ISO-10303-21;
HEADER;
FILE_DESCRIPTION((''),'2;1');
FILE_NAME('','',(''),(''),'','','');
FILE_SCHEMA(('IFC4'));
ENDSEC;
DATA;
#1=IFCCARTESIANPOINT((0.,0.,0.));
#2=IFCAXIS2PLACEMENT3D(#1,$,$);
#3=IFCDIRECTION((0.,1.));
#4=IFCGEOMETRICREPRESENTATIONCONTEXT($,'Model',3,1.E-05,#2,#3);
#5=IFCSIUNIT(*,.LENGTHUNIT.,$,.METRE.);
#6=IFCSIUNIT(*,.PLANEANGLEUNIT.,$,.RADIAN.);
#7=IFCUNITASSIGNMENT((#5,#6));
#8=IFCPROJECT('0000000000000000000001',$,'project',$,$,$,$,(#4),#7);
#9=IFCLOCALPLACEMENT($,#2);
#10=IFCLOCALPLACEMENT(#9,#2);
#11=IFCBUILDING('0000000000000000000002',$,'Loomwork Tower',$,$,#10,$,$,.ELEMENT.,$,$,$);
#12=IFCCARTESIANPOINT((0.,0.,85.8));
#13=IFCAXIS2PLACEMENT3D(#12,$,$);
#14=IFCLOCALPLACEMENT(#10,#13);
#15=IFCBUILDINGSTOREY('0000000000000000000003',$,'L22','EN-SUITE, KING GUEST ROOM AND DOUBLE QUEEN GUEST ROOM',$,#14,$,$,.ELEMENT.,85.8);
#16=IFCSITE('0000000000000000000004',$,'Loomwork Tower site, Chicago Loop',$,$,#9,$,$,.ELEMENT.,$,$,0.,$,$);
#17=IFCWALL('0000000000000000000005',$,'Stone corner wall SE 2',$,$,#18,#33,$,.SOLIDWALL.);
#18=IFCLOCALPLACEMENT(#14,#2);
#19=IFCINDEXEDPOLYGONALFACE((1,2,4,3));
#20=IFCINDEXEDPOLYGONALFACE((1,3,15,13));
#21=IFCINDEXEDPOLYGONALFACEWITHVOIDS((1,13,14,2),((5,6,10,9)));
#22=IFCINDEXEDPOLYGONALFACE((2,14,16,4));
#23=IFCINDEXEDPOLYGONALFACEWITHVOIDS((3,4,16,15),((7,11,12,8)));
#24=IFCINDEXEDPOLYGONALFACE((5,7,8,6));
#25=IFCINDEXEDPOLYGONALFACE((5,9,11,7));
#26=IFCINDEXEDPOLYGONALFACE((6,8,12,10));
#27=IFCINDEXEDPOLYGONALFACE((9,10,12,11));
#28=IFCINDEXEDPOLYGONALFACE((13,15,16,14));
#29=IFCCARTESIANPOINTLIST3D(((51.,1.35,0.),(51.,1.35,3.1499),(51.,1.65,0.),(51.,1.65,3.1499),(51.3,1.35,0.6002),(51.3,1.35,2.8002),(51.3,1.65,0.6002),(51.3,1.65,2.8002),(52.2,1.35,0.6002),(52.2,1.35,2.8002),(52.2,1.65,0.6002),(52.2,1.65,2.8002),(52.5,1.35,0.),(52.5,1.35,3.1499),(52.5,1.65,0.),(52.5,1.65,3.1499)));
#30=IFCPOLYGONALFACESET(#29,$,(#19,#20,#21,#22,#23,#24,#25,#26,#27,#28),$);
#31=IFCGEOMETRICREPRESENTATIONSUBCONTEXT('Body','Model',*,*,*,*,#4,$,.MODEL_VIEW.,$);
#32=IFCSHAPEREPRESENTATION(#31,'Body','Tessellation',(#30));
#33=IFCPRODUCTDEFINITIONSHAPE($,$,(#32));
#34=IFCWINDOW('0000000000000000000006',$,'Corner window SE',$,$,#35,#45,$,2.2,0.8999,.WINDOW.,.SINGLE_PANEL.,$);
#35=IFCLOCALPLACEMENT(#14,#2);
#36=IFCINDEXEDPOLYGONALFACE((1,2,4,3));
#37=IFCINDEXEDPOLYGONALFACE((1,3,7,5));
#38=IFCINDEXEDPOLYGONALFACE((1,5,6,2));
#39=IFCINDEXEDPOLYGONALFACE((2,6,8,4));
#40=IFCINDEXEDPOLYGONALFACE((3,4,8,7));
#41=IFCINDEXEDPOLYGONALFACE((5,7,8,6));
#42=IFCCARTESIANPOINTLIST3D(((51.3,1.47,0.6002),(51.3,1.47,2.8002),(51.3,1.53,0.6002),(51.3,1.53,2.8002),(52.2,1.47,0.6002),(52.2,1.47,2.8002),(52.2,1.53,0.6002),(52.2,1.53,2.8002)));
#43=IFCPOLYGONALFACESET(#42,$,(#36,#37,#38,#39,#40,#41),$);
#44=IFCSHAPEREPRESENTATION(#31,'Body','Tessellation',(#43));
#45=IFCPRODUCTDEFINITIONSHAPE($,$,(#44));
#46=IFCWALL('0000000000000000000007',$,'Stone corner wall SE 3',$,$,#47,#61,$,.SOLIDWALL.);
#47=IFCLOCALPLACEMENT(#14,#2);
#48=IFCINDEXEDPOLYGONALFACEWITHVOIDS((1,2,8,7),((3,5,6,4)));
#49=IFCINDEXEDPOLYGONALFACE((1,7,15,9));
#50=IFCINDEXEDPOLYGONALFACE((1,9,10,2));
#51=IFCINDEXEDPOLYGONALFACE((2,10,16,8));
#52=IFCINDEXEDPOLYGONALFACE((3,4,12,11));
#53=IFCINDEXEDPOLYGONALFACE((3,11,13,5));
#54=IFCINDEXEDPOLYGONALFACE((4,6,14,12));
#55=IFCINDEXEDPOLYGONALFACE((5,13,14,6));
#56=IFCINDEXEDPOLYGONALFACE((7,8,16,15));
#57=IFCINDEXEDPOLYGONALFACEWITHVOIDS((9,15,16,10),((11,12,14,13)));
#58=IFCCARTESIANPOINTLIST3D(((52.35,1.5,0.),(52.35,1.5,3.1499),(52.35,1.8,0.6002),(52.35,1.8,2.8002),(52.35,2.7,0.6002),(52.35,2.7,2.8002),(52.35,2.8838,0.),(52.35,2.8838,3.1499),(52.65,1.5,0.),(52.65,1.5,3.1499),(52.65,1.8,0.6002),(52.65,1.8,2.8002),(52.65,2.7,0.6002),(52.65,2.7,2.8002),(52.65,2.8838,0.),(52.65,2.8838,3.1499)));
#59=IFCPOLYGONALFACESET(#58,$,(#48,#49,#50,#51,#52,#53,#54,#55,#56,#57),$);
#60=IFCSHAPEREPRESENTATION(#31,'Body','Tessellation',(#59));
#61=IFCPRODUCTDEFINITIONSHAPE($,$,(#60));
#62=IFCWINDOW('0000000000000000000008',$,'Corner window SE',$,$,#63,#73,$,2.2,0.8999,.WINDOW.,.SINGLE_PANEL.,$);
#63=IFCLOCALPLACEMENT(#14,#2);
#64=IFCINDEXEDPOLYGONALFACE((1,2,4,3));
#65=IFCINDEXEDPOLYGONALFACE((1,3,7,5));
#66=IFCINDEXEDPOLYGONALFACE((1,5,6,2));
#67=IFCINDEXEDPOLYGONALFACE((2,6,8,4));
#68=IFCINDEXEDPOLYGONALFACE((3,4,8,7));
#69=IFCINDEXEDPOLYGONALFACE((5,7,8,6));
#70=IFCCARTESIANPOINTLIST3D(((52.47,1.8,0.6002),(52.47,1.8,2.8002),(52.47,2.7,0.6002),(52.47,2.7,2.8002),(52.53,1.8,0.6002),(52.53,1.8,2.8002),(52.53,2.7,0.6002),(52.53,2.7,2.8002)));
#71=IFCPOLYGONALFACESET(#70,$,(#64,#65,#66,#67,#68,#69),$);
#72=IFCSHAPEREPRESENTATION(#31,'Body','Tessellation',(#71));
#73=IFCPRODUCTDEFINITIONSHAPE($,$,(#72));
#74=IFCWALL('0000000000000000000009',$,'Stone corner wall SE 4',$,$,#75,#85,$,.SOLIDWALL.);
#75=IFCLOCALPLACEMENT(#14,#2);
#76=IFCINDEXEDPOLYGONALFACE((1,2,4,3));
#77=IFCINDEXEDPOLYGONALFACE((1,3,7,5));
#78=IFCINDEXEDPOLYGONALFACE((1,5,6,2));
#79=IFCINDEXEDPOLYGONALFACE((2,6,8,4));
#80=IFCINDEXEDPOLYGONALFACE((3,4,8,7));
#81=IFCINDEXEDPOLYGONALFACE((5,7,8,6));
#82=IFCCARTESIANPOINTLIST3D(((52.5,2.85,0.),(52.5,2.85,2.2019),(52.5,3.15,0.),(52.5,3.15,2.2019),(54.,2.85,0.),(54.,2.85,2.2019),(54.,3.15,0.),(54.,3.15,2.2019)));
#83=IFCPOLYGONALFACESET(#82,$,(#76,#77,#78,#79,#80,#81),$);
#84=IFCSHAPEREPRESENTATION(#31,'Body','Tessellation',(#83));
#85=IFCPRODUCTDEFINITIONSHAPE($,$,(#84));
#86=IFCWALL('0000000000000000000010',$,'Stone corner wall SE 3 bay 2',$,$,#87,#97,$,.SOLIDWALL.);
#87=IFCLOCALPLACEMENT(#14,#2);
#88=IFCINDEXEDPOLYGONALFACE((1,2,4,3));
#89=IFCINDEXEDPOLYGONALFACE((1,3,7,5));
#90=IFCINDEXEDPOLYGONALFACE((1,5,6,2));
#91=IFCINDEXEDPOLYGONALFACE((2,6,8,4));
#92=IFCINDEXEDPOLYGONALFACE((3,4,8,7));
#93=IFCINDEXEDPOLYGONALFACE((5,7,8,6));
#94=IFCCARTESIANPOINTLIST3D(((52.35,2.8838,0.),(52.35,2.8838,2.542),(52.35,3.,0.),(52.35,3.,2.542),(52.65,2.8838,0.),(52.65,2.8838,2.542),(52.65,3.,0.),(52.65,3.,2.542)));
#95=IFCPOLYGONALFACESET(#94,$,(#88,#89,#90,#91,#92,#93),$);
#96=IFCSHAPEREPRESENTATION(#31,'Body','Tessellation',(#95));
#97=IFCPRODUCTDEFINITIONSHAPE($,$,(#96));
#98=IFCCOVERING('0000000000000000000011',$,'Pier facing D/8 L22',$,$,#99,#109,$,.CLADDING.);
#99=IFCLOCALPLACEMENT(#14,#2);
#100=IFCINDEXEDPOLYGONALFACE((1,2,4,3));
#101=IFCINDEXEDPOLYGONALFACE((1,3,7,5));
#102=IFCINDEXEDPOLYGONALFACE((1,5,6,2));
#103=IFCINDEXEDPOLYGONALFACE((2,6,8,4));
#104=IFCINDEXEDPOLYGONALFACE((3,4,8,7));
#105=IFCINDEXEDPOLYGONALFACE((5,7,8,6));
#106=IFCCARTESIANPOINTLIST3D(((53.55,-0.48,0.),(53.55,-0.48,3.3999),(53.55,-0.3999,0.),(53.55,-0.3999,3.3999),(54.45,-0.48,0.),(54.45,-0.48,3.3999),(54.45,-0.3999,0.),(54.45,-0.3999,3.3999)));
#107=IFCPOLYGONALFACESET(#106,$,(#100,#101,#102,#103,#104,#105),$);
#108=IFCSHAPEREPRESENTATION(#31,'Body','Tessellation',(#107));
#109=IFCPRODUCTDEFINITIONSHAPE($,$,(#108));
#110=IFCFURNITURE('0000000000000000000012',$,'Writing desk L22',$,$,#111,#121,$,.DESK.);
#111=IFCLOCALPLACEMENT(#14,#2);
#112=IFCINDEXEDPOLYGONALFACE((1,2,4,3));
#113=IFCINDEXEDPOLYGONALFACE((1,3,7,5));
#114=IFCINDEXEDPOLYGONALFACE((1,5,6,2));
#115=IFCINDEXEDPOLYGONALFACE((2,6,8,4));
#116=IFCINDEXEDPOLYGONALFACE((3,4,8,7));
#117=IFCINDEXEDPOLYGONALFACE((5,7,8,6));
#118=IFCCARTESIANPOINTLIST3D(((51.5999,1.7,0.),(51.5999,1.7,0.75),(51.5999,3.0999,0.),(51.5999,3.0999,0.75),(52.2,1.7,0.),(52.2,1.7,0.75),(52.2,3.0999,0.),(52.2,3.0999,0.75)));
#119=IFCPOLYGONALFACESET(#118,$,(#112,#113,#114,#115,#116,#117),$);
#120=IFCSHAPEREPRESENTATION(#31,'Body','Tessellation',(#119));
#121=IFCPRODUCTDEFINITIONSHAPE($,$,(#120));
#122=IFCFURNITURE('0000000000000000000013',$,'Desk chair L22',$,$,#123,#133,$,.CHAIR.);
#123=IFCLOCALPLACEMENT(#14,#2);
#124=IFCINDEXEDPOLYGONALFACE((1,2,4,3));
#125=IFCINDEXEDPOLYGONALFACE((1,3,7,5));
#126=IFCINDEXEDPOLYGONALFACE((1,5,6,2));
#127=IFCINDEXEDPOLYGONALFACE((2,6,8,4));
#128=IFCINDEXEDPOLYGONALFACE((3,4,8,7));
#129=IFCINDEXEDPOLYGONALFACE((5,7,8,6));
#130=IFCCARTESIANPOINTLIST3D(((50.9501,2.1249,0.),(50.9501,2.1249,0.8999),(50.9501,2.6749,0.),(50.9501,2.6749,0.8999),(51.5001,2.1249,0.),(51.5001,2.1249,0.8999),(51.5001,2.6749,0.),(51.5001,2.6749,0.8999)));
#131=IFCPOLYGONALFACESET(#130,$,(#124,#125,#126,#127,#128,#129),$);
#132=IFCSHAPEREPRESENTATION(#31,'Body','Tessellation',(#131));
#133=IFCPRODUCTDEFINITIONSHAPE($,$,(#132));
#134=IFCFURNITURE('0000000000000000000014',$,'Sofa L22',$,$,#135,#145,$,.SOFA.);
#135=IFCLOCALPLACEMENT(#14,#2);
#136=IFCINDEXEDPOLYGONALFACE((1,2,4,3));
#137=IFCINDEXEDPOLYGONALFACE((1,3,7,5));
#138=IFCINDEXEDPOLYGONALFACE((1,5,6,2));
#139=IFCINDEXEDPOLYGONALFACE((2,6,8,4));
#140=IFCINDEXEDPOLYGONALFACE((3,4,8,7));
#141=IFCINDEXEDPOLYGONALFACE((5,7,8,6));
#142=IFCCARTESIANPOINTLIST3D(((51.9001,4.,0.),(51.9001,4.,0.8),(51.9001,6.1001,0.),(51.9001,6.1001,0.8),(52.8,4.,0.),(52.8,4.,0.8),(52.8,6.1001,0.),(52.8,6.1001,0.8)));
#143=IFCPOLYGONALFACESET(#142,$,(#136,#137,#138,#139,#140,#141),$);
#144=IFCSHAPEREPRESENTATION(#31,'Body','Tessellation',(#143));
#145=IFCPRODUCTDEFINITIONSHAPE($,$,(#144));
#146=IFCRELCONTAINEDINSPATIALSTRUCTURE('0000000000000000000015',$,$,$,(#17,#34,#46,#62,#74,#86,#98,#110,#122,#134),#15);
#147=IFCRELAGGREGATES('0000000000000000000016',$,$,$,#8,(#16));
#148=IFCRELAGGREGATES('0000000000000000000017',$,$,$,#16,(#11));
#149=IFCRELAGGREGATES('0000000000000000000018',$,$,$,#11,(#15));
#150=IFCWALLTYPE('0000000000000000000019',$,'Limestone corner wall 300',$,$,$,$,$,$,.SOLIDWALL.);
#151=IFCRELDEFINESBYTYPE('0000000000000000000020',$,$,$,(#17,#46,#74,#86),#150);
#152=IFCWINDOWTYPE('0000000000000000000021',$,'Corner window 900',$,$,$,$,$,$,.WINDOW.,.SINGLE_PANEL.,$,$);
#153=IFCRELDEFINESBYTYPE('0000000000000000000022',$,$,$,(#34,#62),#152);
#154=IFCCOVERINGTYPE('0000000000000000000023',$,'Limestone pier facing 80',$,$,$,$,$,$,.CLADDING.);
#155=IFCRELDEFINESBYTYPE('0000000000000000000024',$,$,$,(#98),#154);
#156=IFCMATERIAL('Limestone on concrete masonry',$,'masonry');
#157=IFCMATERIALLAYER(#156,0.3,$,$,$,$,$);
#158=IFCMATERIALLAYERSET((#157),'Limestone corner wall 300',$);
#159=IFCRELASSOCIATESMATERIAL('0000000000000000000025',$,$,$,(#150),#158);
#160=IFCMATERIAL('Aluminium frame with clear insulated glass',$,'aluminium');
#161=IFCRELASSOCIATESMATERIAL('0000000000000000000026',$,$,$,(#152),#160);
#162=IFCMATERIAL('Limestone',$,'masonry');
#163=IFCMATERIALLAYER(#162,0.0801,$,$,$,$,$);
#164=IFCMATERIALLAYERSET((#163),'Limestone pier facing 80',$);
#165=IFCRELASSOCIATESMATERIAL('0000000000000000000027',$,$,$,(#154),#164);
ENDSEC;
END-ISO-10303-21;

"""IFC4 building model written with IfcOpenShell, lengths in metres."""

from ifc_helpers import new_model, si_unit, direction, frame, frame_2d, origin, origin_2d, place, context, subcontext, project, spatial, rectangle, extrude, material, layer, layer_set, type_object, element, fill, save


model = new_model("IFC4")

# Units and contexts
model_context = context("Model", 3, precision=1e-05, world=origin(), true_north=direction((0.0, 1.0)))
body_context = subcontext(model_context, "Body", "Model", "MODEL_VIEW")
ifc_project = project(units=[si_unit("LENGTHUNIT", "METRE"), si_unit("PLANEANGLEUNIT", "RADIAN")], contexts=[model_context])

# Site, building, storey
site_placement = place(None, origin())
site = spatial("IfcSite", under=ifc_project, at=site_placement, Name="Loomwork Tower site, Chicago Loop", CompositionType="ELEMENT", RefElevation=0.0)
building_placement = place(site_placement, origin())
building = spatial("IfcBuilding", under=site, at=building_placement, Name="Loomwork Tower", CompositionType="ELEMENT")
storey_placement = place(building_placement, frame((0.0, 0.0, 85.8)))
storey = spatial("IfcBuildingStorey", under=building, at=storey_placement, Name="L22", Description="EN-SUITE, KING GUEST ROOM AND DOUBLE QUEEN GUEST ROOM", CompositionType="ELEMENT", Elevation=85.8)

# Walls, openings, windows
ifc_material_1 = material(Name="Limestone on concrete masonry", Category="masonry")
ifc_layer_1 = layer(ifc_material_1, 0.3)
ifc_layer_set_1 = layer_set([ifc_layer_1], Name="Limestone corner wall 300")
wall_type_1 = type_object("IfcWallType", Name="Limestone corner wall 300", PredefinedType="SOLIDWALL", material=ifc_layer_set_1)
wall_1_placement = place(storey_placement, frame((51.0, 1.5, 0.0), z_axis=(0.0, 0.0, 1.0), x_axis=(1.0, 0.0, 0.0)))
wall_1 = element("IfcWall", 1, at=wall_1_placement, inside=storey, type_object=wall_type_1, Name="Stone corner wall SE 2", PredefinedType="SOLIDWALL", context=body_context, shape_type="SweptSolid", body=[
    extrude(rectangle(XDim=1.5, YDim=0.3, at=frame_2d((0.75, 0.0))), origin(), (0.0, 0.0, 1.0), 3.1499),
])
opening_1_placement = place(wall_1_placement, frame((0.3, 0.0, 0.6001)))
opening_1 = element("IfcOpeningElement", 2, at=opening_1_placement, cuts=wall_1, PredefinedType="OPENING", context=body_context, shape_type="SweptSolid", body=[
    extrude(rectangle(XDim=0.8999, YDim=2.2, at=frame_2d((0.45, 1.1001))), frame((0.0, 0.1599, 0.0), z_axis=(0.0, -1.0, 0.0), x_axis=(1.0, 0.0, 0.0)), (0.0, 0.0, 1.0), 0.3201),
])
ifc_material_2 = material(Name="Aluminium frame with clear insulated glass", Category="aluminium")
window_type = type_object("IfcWindowType", Name="Corner window 900", PartitioningType="SINGLE_PANEL", PredefinedType="WINDOW", material=ifc_material_2)
window_1_placement = place(opening_1_placement, origin())
window_1 = element("IfcWindow", 3, at=window_1_placement, inside=storey, type_object=window_type, Name="Corner window SE", OverallHeight=2.2, OverallWidth=0.8999, PartitioningType="SINGLE_PANEL", PredefinedType="WINDOW", context=body_context, shape_type="SweptSolid", body=[
    extrude(rectangle(XDim=0.8999, YDim=2.2, at=frame_2d((0.45, 1.1001))), frame((0.0, 0.03, 0.0), z_axis=(0.0, -1.0, 0.0), x_axis=(1.0, 0.0, 0.0)), (0.0, 0.0, 1.0), 0.0601),
])
fill(opening_1, window_1)
wall_2_placement = place(storey_placement, frame((52.5, 1.5, 0.0), z_axis=(0.0, 0.0, 1.0), x_axis=(0.0, 1.0, 0.0)))
wall_2 = element("IfcWall", 4, at=wall_2_placement, inside=storey, type_object=wall_type_1, Name="Stone corner wall SE 3", PredefinedType="SOLIDWALL", context=body_context, shape_type="SweptSolid", body=[
    extrude(rectangle(XDim=1.3838, YDim=0.3, at=frame_2d((0.6919, 0.0))), origin(), (0.0, 0.0, 1.0), 3.1499),
])
opening_2_placement = place(wall_2_placement, frame((0.3, 0.0, 0.6001)))
opening_2 = element("IfcOpeningElement", 5, at=opening_2_placement, cuts=wall_2, PredefinedType="OPENING", context=body_context, shape_type="SweptSolid", body=[
    extrude(rectangle(XDim=0.8999, YDim=2.2, at=frame_2d((0.45, 1.1001))), frame((0.0, 0.1599, 0.0), z_axis=(0.0, -1.0, 0.0), x_axis=(1.0, 0.0, 0.0)), (0.0, 0.0, 1.0), 0.3201),
])
window_2_placement = place(opening_2_placement, origin())
window_2 = element("IfcWindow", 6, at=window_2_placement, inside=storey, type_object=window_type, Name="Corner window SE", OverallHeight=2.2, OverallWidth=0.8999, PartitioningType="SINGLE_PANEL", PredefinedType="WINDOW", context=body_context, shape_type="SweptSolid", body=[
    extrude(rectangle(XDim=0.8999, YDim=2.2, at=frame_2d((0.45, 1.1001))), frame((0.0, 0.03, 0.0), z_axis=(0.0, -1.0, 0.0), x_axis=(1.0, 0.0, 0.0)), (0.0, 0.0, 1.0), 0.0601),
])
fill(opening_2, window_2)

# Walls
wall_3_placement = place(storey_placement, frame((52.5, 3.0, 0.0), z_axis=(0.0, 0.0, 1.0), x_axis=(1.0, 0.0, 0.0)))
element("IfcWall", 7, at=wall_3_placement, inside=storey, type_object=wall_type_1, Name="Stone corner wall SE 4", PredefinedType="SOLIDWALL", context=body_context, shape_type="SweptSolid", body=[
    extrude(rectangle(XDim=1.5, YDim=0.3, at=frame_2d((0.75, 0.0))), origin(), (0.0, 0.0, 1.0), 2.2019),
])
wall_4_placement = place(storey_placement, frame((52.5, 2.8838, 0.0), z_axis=(0.0, 0.0, 1.0), x_axis=(0.0, 1.0, 0.0)))
element("IfcWall", 8, at=wall_4_placement, inside=storey, type_object=wall_type_1, Name="Stone corner wall SE 3 bay 2", PredefinedType="SOLIDWALL", context=body_context, shape_type="SweptSolid", body=[
    extrude(rectangle(XDim=0.1162, YDim=0.3, at=frame_2d((0.0581, 0.0))), origin(), (0.0, 0.0, 1.0), 2.542),
])

# Covering
ifc_material_3 = material(Name="Limestone", Category="masonry")
ifc_layer_2 = layer(ifc_material_3, 0.0801)
ifc_layer_set_2 = layer_set([ifc_layer_2], Name="Limestone pier facing 80")
covering_type = type_object("IfcCoveringType", Name="Limestone pier facing 80", PredefinedType="CLADDING", material=ifc_layer_set_2)
covering_placement = place(storey_placement, frame((54.0, -0.4399, 0.0), z_axis=(0.0, 0.0, 1.0), x_axis=(1.0, 0.0, 0.0)))
element("IfcCovering", 9, at=covering_placement, inside=storey, type_object=covering_type, Name="Pier facing D/8 L22", PredefinedType="CLADDING", context=body_context, shape_type="SweptSolid", body=[
    extrude(rectangle(XDim=0.8999, YDim=0.0801, at=origin_2d()), origin(), (0.0, 0.0, 1.0), 3.3999),
])

# Furniture
furniture_1_placement = place(storey_placement, frame((51.8999, 2.3999, 0.0), z_axis=(0.0, 0.0, 1.0), x_axis=(1.0, 0.0, 0.0)))
element("IfcFurniture", 10, at=furniture_1_placement, inside=storey, Name="Writing desk L22", PredefinedType="DESK", context=body_context, shape_type="SweptSolid", body=[
    extrude(rectangle(XDim=0.6001, YDim=1.3999, at=origin_2d()), origin(), (0.0, 0.0, 1.0), 0.75),
])
furniture_2_placement = place(storey_placement, frame((51.2251, 2.3999, 0.0), z_axis=(0.0, 0.0, 1.0), x_axis=(1.0, 0.0, 0.0)))
element("IfcFurniture", 11, at=furniture_2_placement, inside=storey, Name="Desk chair L22", PredefinedType="CHAIR", context=body_context, shape_type="SweptSolid", body=[
    extrude(rectangle(XDim=0.55, YDim=0.55, at=origin_2d()), origin(), (0.0, 0.0, 1.0), 0.8999),
])
furniture_3_placement = place(storey_placement, frame((52.3501, 5.05, 0.0), z_axis=(0.0, 0.0, 1.0), x_axis=(1.0, 0.0, 0.0)))
element("IfcFurniture", 12, at=furniture_3_placement, inside=storey, Name="Sofa L22", PredefinedType="SOFA", context=body_context, shape_type="SweptSolid", body=[
    extrude(rectangle(XDim=0.8999, YDim=2.1001, at=origin_2d()), origin(), (0.0, 0.0, 1.0), 0.8),
])

save(model, "model.ifc")
